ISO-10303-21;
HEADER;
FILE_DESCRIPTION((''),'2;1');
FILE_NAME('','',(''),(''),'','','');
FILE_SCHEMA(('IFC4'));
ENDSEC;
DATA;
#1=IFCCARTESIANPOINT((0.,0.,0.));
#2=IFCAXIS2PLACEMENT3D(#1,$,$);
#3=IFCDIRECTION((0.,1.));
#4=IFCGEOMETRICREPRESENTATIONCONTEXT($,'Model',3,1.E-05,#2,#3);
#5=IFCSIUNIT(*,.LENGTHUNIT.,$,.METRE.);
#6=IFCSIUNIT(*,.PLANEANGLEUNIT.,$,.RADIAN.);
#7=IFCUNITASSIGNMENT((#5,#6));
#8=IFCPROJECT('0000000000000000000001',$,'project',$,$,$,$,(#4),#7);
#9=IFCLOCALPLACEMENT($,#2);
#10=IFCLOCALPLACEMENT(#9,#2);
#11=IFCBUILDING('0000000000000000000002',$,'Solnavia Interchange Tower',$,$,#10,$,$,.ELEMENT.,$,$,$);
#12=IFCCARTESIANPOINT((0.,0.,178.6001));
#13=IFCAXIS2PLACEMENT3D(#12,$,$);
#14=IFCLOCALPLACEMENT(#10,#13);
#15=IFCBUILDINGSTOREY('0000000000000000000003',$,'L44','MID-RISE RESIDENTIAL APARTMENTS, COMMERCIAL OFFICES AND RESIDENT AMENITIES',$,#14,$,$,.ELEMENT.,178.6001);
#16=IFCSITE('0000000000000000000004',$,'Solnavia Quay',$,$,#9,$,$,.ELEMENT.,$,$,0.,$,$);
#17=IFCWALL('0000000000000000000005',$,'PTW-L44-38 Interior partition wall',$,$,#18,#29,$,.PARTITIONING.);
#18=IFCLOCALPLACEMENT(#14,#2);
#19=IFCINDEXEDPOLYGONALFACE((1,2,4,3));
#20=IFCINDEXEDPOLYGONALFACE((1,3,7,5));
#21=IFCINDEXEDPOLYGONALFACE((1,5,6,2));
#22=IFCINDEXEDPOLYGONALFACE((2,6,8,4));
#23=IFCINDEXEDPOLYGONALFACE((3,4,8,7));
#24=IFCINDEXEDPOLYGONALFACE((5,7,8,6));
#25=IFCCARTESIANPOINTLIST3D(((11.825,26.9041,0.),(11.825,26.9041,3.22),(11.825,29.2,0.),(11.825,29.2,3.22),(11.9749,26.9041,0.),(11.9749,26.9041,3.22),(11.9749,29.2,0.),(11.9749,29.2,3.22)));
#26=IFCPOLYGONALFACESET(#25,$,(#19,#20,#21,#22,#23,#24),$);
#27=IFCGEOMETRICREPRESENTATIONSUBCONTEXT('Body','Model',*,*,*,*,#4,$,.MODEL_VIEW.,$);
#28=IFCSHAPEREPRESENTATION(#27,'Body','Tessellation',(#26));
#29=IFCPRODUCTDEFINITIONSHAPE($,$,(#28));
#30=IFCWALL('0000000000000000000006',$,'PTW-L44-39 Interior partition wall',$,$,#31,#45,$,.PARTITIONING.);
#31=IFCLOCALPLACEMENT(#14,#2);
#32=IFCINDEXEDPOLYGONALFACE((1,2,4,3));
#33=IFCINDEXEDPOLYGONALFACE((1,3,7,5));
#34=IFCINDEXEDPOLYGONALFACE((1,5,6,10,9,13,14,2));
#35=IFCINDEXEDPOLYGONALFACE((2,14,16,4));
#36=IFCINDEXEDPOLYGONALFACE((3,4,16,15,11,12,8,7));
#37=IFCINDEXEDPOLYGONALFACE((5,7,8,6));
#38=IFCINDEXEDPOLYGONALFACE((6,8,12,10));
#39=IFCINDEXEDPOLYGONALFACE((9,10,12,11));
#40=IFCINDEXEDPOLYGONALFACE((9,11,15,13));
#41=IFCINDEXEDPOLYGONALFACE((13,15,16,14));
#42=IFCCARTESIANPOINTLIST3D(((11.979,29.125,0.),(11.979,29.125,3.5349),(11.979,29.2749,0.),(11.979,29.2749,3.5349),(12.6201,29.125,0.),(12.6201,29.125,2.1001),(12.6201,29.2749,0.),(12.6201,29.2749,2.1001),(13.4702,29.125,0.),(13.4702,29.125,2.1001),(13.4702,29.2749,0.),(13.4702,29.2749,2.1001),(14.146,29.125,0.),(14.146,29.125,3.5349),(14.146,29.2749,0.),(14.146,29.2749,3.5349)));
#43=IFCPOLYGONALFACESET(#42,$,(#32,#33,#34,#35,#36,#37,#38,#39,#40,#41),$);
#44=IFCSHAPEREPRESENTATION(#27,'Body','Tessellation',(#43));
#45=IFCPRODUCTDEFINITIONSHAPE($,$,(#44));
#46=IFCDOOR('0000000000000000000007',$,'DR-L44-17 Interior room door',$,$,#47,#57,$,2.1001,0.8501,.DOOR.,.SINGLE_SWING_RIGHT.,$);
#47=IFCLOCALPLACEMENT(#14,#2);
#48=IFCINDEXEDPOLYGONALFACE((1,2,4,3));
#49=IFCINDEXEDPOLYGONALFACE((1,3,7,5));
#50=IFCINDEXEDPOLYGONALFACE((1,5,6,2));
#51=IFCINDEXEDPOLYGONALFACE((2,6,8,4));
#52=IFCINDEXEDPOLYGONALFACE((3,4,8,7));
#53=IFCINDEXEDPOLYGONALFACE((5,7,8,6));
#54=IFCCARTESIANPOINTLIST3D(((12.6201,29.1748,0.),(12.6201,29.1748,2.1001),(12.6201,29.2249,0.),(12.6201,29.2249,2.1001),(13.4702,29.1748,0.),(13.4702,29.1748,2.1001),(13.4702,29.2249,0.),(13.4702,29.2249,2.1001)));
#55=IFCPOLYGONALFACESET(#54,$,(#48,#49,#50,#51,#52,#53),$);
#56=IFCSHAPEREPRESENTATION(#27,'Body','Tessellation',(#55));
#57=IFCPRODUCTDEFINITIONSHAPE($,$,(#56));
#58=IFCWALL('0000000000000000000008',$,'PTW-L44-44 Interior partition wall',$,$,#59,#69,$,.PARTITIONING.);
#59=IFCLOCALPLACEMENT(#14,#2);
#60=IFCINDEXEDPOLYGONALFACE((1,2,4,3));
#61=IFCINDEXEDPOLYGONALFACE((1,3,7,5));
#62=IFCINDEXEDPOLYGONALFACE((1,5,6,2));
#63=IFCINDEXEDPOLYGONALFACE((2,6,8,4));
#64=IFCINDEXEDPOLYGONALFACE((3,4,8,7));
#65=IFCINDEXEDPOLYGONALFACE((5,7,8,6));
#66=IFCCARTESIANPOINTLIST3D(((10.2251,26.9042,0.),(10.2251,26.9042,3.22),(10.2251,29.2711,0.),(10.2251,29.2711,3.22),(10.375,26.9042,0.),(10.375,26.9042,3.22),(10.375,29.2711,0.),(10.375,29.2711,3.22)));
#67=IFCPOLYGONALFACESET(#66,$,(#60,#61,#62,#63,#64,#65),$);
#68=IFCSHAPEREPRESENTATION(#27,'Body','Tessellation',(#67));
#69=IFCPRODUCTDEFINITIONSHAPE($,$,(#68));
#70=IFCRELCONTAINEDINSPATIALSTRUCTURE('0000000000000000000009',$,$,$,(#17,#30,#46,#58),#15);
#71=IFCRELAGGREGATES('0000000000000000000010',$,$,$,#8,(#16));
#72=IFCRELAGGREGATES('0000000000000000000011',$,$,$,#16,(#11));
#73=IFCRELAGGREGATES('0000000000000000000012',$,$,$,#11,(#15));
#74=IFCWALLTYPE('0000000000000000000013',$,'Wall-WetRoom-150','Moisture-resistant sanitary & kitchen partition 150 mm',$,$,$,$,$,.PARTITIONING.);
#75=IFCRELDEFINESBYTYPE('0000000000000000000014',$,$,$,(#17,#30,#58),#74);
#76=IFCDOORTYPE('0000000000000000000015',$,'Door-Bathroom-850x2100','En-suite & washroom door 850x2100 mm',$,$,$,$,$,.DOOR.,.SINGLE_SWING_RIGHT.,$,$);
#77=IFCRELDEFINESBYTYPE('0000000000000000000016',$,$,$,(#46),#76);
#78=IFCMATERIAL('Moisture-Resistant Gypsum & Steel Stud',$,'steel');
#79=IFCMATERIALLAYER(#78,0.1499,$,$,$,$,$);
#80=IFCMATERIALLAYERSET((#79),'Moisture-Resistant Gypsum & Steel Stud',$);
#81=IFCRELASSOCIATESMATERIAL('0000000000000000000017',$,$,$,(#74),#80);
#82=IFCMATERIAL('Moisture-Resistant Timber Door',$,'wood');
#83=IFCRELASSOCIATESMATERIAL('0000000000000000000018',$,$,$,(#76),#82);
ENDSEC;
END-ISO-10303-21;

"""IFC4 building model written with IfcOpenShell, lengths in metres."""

from ifc_helpers import new_model, si_unit, direction, frame, frame_2d, origin, place, context, subcontext, project, spatial, rectangle, extrude, material, layer, layer_set, type_object, element, fill, save


model = new_model("IFC4")

# Units and contexts
model_context = context("Model", 3, precision=1e-05, world=origin(), true_north=direction((0.0, 1.0)))
body_context = subcontext(model_context, "Body", "Model", "MODEL_VIEW")
ifc_project = project(units=[si_unit("LENGTHUNIT", "METRE"), si_unit("PLANEANGLEUNIT", "RADIAN")], contexts=[model_context])

# Site, building, storey
site_placement = place(None, origin())
site = spatial("IfcSite", under=ifc_project, at=site_placement, Name="Solnavia Quay", CompositionType="ELEMENT", RefElevation=0.0)
building_placement = place(site_placement, origin())
building = spatial("IfcBuilding", under=site, at=building_placement, Name="Solnavia Interchange Tower", CompositionType="ELEMENT")
storey_placement = place(building_placement, frame((0.0, 0.0, 178.6001)))
storey = spatial("IfcBuildingStorey", under=building, at=storey_placement, Name="L44", Description="MID-RISE RESIDENTIAL APARTMENTS, COMMERCIAL OFFICES AND RESIDENT AMENITIES", CompositionType="ELEMENT", Elevation=178.6001)

# Wall
ifc_material_1 = material(Name="Moisture-Resistant Gypsum & Steel Stud", Category="steel")
ifc_layer_1 = layer(ifc_material_1, 0.1499)
ifc_layer_set_1 = layer_set([ifc_layer_1], Name="Moisture-Resistant Gypsum & Steel Stud")
wall_type_1 = type_object("IfcWallType", Name="Wall-WetRoom-150", Description="Moisture-resistant sanitary & kitchen partition 150 mm", PredefinedType="PARTITIONING", material=ifc_layer_set_1)
wall_1_placement = place(storey_placement, frame((11.8999, 26.9041, 0.0), z_axis=(0.0, 0.0, 1.0), x_axis=(0.0, 1.0, 0.0)))
element("IfcWall", 1, at=wall_1_placement, inside=storey, type_object=wall_type_1, Name="PTW-L44-38 Interior partition wall", PredefinedType="PARTITIONING", context=body_context, shape_type="SweptSolid", body=[
    extrude(rectangle(XDim=2.2959, YDim=0.1499, at=frame_2d((1.1479, 0.0))), origin(), (0.0, 0.0, 1.0), 3.22),
])

# Wall, opening, door
wall_2_placement = place(storey_placement, frame((11.979, 29.2, 0.0), z_axis=(0.0, 0.0, 1.0), x_axis=(1.0, 0.0, 0.0)))
wall_2 = element("IfcWall", 2, at=wall_2_placement, inside=storey, type_object=wall_type_1, Name="PTW-L44-39 Interior partition wall", PredefinedType="PARTITIONING", context=body_context, shape_type="SweptSolid", body=[
    extrude(rectangle(XDim=2.167, YDim=0.1499, at=frame_2d((1.0835, 0.0))), origin(), (0.0, 0.0, 1.0), 3.5349),
])
opening_1_placement = place(wall_2_placement, frame((0.6411, 0.0, 0.0)))
opening_1 = element("IfcOpeningElement", 3, at=opening_1_placement, cuts=wall_2, PredefinedType="OPENING", context=body_context, shape_type="SweptSolid", body=[
    extrude(rectangle(XDim=0.8501, YDim=2.1001, at=frame_2d((0.425, 1.05))), frame((0.0, 0.085, 0.0), z_axis=(0.0, -1.0, 0.0), x_axis=(1.0, 0.0, 0.0)), (0.0, 0.0, 1.0), 0.1699),
])
ifc_material_2 = material(Name="Moisture-Resistant Timber Door", Category="wood")
door_type_1 = type_object("IfcDoorType", Name="Door-Bathroom-850x2100", Description="En-suite & washroom door 850x2100 mm", OperationType="SINGLE_SWING_RIGHT", PredefinedType="DOOR", material=ifc_material_2)
door_1_placement = place(opening_1_placement, origin())
door_1 = element("IfcDoor", 4, at=door_1_placement, inside=storey, type_object=door_type_1, Name="DR-L44-17 Interior room door", OperationType="SINGLE_SWING_RIGHT", OverallHeight=2.1001, OverallWidth=0.8501, PredefinedType="DOOR", context=body_context, shape_type="SweptSolid", body=[
    extrude(rectangle(XDim=0.8501, YDim=2.1001, at=frame_2d((0.425, 1.05))), frame((0.0, 0.0249, 0.0), z_axis=(0.0, -1.0, 0.0), x_axis=(1.0, 0.0, 0.0)), (0.0, 0.0, 1.0), 0.05),
])
fill(opening_1, door_1)

# Wall
wall_3_placement = place(storey_placement, frame((10.3, 26.9041, 0.0), z_axis=(0.0, 0.0, 1.0), x_axis=(0.0, 1.0, 0.0)))
element("IfcWall", 5, at=wall_3_placement, inside=storey, type_object=wall_type_1, Name="PTW-L44-44 Interior partition wall", PredefinedType="PARTITIONING", context=body_context, shape_type="SweptSolid", body=[
    extrude(rectangle(XDim=2.3669, YDim=0.1499, at=frame_2d((1.1836, 0.0))), origin(), (0.0, 0.0, 1.0), 3.22),
])

save(model, "model.ifc")
